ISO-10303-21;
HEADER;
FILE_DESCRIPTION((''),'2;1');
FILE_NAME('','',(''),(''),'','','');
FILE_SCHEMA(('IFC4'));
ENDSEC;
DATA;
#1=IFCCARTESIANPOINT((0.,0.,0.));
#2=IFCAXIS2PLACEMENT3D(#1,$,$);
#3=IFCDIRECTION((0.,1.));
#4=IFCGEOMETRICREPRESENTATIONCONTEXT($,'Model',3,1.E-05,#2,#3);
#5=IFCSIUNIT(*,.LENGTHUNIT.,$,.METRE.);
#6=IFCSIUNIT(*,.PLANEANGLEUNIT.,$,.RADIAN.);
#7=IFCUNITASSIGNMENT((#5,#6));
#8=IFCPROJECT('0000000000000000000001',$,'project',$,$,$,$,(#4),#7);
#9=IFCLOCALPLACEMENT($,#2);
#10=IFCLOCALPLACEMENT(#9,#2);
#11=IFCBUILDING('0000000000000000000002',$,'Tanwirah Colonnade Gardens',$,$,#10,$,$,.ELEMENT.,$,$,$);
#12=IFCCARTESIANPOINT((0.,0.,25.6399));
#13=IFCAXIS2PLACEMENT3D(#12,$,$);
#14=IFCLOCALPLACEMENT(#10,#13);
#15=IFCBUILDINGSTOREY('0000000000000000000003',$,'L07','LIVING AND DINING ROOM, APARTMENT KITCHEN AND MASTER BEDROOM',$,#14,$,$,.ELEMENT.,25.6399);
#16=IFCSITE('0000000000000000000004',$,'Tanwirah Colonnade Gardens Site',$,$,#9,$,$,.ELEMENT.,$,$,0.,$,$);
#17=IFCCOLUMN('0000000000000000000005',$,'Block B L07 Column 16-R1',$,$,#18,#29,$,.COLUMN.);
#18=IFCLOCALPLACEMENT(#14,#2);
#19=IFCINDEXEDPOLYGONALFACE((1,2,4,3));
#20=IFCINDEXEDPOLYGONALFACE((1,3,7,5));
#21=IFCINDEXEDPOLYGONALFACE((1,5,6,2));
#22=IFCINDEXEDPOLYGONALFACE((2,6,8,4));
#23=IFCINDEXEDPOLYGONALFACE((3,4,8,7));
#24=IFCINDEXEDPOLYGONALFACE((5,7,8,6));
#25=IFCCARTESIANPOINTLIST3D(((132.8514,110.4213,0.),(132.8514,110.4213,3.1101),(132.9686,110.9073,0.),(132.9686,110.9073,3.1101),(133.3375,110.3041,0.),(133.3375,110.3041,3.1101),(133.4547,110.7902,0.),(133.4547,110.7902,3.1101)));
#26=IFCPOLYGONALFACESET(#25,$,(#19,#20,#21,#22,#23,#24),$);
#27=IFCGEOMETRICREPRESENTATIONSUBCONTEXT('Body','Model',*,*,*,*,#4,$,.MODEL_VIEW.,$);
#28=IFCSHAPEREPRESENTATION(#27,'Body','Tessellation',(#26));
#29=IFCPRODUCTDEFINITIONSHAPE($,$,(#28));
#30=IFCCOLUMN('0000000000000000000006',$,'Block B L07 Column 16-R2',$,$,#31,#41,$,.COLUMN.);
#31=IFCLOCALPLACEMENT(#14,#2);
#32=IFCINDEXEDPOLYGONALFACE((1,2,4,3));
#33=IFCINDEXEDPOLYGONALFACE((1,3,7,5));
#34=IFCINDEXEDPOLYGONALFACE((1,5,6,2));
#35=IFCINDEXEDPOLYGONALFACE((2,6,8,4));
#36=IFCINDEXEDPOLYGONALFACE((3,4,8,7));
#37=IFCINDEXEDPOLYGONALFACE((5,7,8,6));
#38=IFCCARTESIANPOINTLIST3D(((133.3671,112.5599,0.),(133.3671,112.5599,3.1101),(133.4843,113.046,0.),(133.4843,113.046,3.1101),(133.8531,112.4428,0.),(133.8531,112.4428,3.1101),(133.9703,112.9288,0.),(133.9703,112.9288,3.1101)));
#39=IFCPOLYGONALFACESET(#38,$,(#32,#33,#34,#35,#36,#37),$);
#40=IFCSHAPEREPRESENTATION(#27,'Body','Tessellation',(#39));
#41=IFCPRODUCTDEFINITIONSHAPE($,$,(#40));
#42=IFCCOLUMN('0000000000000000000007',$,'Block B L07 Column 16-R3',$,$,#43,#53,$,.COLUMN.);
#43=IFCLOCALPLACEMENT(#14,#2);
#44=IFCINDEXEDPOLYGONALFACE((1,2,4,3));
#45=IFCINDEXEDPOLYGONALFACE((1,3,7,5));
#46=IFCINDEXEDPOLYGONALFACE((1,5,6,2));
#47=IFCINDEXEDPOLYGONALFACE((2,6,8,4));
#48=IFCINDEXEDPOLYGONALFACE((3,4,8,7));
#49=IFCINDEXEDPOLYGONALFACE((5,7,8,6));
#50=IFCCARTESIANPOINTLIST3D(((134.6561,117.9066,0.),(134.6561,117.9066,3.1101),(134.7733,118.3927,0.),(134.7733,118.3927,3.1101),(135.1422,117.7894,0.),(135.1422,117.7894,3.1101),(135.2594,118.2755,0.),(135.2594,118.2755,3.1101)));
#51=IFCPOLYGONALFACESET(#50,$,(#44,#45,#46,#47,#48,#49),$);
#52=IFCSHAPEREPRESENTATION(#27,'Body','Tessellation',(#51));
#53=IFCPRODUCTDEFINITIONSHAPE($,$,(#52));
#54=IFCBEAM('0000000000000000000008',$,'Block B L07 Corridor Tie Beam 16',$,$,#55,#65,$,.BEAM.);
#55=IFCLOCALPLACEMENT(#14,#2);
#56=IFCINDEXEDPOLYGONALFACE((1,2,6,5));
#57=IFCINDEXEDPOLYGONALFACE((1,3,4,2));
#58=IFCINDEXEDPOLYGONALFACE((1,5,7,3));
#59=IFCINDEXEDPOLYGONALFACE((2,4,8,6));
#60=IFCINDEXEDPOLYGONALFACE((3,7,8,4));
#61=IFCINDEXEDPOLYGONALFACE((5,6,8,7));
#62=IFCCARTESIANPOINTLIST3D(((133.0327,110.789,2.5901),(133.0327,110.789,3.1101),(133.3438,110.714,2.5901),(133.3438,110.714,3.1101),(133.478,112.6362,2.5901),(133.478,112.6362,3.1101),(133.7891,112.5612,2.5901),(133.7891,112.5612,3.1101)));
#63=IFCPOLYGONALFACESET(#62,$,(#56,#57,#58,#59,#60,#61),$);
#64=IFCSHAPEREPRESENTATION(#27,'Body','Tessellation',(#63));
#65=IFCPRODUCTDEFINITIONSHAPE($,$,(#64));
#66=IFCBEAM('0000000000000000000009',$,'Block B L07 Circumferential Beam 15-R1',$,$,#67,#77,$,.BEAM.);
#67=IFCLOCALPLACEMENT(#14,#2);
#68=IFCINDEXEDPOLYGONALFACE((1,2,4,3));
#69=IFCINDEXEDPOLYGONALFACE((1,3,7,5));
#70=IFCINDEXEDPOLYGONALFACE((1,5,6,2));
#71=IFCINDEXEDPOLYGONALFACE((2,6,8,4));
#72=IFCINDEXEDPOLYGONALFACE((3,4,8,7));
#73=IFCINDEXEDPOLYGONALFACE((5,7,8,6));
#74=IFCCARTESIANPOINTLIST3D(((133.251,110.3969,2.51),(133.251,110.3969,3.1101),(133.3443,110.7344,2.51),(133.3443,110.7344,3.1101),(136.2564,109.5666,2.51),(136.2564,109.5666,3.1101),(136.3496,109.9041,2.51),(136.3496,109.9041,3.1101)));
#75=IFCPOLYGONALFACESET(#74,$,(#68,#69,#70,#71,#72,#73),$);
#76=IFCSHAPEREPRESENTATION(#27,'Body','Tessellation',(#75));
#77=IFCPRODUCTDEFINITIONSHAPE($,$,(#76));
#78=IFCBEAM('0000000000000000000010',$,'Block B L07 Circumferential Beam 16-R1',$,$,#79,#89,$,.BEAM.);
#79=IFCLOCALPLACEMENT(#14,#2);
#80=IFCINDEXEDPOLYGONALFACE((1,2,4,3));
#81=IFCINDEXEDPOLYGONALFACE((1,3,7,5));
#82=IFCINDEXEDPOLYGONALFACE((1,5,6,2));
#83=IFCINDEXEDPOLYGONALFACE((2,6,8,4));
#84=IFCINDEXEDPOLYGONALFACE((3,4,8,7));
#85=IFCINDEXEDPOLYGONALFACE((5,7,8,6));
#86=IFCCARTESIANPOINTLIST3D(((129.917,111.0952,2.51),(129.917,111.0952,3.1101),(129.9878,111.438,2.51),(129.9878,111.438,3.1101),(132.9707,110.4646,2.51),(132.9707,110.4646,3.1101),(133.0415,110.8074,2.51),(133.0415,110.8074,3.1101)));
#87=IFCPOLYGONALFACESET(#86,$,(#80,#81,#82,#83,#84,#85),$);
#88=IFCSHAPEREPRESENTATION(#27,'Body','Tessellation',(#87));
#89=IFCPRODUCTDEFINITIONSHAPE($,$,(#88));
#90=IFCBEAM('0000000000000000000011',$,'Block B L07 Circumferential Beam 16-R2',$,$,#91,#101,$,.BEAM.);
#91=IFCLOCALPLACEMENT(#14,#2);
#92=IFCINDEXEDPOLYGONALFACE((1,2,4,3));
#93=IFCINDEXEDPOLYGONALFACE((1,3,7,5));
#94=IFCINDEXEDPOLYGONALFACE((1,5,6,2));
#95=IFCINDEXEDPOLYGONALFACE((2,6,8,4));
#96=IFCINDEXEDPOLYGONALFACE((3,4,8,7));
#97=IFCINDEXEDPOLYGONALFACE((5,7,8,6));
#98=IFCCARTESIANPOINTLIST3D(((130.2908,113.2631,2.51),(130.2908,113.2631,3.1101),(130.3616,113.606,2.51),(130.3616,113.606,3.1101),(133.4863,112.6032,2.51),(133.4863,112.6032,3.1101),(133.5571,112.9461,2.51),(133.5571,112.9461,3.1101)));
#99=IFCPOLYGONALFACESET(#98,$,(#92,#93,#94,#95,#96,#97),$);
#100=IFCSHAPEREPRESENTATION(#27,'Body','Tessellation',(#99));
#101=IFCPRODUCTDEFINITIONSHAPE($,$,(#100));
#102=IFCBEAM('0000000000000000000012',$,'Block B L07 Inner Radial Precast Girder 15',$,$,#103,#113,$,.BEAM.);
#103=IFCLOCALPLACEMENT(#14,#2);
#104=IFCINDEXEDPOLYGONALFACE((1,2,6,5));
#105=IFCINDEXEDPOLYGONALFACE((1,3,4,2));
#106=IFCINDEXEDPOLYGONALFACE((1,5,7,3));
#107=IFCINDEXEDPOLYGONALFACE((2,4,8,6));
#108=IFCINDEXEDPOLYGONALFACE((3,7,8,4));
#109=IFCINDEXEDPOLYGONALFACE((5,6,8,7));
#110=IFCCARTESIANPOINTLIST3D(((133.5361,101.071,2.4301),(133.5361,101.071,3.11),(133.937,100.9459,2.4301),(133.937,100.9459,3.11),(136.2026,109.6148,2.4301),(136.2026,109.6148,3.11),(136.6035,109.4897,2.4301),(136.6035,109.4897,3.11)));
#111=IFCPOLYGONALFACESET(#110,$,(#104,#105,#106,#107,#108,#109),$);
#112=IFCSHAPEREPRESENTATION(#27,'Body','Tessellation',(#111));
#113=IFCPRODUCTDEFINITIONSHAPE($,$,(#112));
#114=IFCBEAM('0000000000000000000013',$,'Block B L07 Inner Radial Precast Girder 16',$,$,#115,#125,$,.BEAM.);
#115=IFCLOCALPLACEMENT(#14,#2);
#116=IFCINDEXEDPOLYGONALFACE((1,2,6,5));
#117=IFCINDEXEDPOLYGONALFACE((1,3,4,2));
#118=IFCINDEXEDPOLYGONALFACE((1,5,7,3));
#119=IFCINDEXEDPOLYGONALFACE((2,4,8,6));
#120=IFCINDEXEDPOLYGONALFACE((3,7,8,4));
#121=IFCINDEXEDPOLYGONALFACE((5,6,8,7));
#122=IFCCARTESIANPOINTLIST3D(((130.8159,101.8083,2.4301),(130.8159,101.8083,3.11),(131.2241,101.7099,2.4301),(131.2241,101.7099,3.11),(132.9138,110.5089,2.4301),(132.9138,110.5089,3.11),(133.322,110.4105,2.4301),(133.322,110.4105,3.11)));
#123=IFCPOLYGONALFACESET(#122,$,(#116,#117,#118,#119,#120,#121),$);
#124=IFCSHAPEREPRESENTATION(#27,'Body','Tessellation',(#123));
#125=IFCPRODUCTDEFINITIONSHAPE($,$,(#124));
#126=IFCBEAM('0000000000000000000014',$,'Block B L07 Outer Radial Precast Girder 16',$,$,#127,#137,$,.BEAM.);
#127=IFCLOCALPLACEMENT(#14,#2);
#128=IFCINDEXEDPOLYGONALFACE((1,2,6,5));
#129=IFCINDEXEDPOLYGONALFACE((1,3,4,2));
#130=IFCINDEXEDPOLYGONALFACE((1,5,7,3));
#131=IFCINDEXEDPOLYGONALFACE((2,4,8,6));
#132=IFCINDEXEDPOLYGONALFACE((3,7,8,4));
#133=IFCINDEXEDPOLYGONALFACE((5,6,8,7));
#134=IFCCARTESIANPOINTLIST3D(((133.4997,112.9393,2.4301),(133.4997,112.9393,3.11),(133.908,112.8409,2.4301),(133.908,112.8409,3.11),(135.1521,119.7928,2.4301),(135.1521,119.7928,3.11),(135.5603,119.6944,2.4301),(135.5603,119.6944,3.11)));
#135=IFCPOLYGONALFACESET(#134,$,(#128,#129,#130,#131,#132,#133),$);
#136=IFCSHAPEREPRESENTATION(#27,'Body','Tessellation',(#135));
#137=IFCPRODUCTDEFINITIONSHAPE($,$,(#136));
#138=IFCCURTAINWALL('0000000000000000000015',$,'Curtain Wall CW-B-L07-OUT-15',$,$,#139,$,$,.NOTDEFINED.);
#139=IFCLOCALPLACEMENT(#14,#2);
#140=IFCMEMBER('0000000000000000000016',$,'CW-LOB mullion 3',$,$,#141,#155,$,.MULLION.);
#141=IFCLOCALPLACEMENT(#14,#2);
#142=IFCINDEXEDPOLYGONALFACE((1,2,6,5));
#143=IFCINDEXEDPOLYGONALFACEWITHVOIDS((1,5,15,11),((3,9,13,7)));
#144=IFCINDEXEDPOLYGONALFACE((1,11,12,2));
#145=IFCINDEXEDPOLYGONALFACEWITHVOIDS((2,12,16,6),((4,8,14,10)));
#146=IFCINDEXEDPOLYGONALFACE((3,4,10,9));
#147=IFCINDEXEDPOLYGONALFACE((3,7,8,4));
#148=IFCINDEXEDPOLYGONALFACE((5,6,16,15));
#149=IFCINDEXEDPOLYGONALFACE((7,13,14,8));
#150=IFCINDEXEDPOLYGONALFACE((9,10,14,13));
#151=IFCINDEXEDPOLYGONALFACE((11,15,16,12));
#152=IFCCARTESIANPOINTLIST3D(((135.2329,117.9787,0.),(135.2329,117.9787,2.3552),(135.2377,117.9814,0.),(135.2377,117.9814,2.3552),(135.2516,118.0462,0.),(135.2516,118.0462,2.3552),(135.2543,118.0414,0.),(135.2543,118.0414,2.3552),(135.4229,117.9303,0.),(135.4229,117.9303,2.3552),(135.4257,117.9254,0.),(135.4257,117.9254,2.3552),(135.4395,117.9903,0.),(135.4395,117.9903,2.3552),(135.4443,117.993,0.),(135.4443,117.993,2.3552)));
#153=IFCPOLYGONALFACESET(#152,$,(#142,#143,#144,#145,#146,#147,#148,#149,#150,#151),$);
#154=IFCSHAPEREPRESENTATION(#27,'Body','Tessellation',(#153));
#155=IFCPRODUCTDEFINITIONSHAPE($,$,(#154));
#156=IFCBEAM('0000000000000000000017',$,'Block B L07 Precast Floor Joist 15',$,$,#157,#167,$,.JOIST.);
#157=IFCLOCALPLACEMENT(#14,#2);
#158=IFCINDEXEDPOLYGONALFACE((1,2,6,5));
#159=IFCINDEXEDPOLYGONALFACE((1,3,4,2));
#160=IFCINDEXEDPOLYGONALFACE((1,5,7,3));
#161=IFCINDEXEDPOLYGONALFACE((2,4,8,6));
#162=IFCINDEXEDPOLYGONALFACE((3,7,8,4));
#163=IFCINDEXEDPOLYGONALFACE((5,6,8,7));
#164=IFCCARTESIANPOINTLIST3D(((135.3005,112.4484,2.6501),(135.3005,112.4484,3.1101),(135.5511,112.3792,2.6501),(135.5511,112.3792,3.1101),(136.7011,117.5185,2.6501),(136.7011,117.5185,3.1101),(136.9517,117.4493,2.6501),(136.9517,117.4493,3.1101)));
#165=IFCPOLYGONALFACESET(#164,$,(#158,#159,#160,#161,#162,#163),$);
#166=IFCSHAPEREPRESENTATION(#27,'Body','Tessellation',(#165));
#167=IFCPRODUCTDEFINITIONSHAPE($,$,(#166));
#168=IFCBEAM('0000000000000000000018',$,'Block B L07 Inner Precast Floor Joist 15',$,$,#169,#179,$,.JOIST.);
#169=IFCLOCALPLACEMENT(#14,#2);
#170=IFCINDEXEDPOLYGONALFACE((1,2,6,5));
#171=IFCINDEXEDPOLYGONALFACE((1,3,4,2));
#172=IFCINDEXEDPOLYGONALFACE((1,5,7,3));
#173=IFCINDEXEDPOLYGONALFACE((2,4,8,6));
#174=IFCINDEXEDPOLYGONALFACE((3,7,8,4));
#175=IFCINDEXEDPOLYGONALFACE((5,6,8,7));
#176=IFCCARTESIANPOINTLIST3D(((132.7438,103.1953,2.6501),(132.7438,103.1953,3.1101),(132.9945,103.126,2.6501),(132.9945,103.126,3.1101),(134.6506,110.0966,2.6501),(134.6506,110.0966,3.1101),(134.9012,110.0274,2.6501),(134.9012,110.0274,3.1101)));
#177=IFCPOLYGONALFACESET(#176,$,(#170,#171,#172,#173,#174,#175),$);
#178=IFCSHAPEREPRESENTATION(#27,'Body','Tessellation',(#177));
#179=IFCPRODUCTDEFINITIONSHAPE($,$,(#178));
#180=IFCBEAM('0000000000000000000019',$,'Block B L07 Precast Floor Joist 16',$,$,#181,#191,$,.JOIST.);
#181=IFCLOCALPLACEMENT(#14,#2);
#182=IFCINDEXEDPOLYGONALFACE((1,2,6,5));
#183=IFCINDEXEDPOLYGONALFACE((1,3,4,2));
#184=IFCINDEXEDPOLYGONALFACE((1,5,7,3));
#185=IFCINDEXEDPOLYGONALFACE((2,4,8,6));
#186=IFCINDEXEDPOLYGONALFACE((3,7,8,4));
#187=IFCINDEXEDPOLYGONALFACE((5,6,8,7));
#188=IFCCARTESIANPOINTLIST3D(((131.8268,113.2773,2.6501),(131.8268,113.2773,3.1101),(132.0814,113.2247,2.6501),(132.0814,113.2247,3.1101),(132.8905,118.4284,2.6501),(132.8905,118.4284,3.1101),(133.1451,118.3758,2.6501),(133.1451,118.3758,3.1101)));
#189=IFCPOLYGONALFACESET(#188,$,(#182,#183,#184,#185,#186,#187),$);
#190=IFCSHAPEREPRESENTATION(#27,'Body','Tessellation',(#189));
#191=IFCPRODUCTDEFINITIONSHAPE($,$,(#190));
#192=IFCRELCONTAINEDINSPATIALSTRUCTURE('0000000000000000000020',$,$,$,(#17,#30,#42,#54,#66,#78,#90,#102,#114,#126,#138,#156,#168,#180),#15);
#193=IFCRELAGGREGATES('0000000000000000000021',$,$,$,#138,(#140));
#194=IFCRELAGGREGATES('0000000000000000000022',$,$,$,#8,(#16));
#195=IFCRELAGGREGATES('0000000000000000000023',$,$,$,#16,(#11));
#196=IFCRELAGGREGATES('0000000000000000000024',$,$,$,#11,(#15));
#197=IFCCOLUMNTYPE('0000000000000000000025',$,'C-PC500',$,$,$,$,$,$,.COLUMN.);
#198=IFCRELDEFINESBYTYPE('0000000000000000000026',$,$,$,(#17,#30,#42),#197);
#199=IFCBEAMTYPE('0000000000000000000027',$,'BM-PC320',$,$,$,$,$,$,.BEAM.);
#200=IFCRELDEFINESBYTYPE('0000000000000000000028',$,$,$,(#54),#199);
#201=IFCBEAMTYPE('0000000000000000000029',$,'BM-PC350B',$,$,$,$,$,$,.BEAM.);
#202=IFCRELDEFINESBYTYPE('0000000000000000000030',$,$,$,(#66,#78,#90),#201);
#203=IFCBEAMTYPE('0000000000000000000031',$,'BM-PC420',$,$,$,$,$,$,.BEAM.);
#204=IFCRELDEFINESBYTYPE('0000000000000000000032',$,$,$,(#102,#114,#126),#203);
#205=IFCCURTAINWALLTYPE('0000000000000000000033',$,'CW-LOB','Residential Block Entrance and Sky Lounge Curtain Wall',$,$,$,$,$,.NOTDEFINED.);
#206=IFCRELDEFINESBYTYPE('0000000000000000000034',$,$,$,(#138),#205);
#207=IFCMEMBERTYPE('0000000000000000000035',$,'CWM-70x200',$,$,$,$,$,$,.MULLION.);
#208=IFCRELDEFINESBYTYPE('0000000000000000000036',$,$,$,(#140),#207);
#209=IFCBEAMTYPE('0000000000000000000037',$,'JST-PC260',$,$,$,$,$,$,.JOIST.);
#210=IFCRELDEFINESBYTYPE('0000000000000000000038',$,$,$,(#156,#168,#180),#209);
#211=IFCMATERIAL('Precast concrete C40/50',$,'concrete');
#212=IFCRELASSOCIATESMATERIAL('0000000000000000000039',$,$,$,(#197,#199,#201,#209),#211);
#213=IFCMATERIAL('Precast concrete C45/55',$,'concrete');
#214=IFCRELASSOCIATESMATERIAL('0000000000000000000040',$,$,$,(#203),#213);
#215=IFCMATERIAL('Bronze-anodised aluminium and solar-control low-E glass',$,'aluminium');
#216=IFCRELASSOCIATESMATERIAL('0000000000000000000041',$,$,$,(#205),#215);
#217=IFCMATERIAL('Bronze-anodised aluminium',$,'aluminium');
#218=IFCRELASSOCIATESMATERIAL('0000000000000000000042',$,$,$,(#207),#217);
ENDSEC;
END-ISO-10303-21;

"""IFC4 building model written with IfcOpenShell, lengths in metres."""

from ifc_helpers import new_model, si_unit, direction, frame, origin, origin_2d, place, context, subcontext, project, spatial, rectangle, hollow_rectangle, extrude, material, material_profile, profile_set, type_object, element, aggregate, save


model = new_model("IFC4")

# Units and contexts
model_context = context("Model", 3, precision=1e-05, world=origin(), true_north=direction((0.0, 1.0)))
body_context = subcontext(model_context, "Body", "Model", "MODEL_VIEW")
ifc_project = project(units=[si_unit("LENGTHUNIT", "METRE"), si_unit("PLANEANGLEUNIT", "RADIAN")], contexts=[model_context])

# Site, building, storey
site_placement = place(None, origin())
site = spatial("IfcSite", under=ifc_project, at=site_placement, Name="Tanwirah Colonnade Gardens Site", CompositionType="ELEMENT", RefElevation=0.0)
building_placement = place(site_placement, origin())
building = spatial("IfcBuilding", under=site, at=building_placement, Name="Tanwirah Colonnade Gardens", CompositionType="ELEMENT")
storey_placement = place(building_placement, frame((0.0, 0.0, 25.6399)))
storey = spatial("IfcBuildingStorey", under=building, at=storey_placement, Name="L07", Description="LIVING AND DINING ROOM, APARTMENT KITCHEN AND MASTER BEDROOM", CompositionType="ELEMENT", Elevation=25.6399)

# Columns
ifc_material_1 = material(Name="Precast concrete C40/50", Category="concrete")
ifc_material_profile_1 = material_profile(ifc_material_1, rectangle(XDim=0.5, YDim=0.5, at=origin_2d()), Name="PC-COL 500x500")
ifc_profile_set_1 = profile_set([ifc_material_profile_1], Name="Precast concrete C40/50")
column_type = type_object("IfcColumnType", Name="C-PC500", PredefinedType="COLUMN", material=ifc_profile_set_1)
for number, where, z_axis, x_axis, name in (
    (1, (133.1531, 110.6057, 0.0), (0.0, 0.0, 1.0), (0.234388, 0.972143, 0.0), "Block B L07 Column 16-R1"),
    (2, (133.6687, 112.7444, 0.0), (0.0, 0.0, 1.0), (0.234388, 0.972143, 0.0), "Block B L07 Column 16-R2"),
    (3, (134.9578, 118.0911, 0.0), (0.0, 0.0, 1.0), (0.234388, 0.972143, 0.0), "Block B L07 Column 16-R3"),
):
    element("IfcColumn", number, at=place(storey_placement, frame(where, z_axis=z_axis, x_axis=x_axis)), inside=storey, type_object=column_type, Name=name, PredefinedType="COLUMN", context=body_context, shape_type="SweptSolid", body=[
        extrude(rectangle(XDim=0.5, YDim=0.5, at=origin_2d()), origin(), (0.0, 0.0, 1.0), 3.1101),
    ])

# Beams
ifc_material_profile_2 = material_profile(ifc_material_1, rectangle(XDim=0.3201, YDim=0.52, at=origin_2d()), Name="PC-BM 320x520")
ifc_profile_set_2 = profile_set([ifc_material_profile_2], Name="Precast concrete C40/50")
beam_type_1 = type_object("IfcBeamType", Name="BM-PC320", PredefinedType="BEAM", material=ifc_profile_set_2)
beam_1_placement = place(storey_placement, frame((133.1882, 110.7515, 2.8501), z_axis=(0.234364, 0.972149, 0.0), x_axis=(-0.972149, 0.234364, 0.0)))
element("IfcBeam", 4, at=beam_1_placement, inside=storey, type_object=beam_type_1, Name="Block B L07 Corridor Tie Beam 16", PredefinedType="BEAM", context=body_context, shape_type="SweptSolid", body=[
    extrude(rectangle(XDim=0.3201, YDim=0.52, at=origin_2d()), origin(), (0.0, 0.0, 1.0), 1.9001),
])
ifc_material_profile_3 = material_profile(ifc_material_1, rectangle(XDim=0.3501, YDim=0.6001, at=origin_2d()), Name="PC-BM 350x600")
ifc_profile_set_3 = profile_set([ifc_material_profile_3], Name="Precast concrete C40/50")
beam_type_2 = type_object("IfcBeamType", Name="BM-PC350B", PredefinedType="BEAM", material=ifc_profile_set_3)
beam_2_placement = place(storey_placement, frame((136.303, 109.7354, 2.8101), z_axis=(-0.963889, 0.266303, 0.0), x_axis=(-0.266303, -0.963889, 0.0)))
element("IfcBeam", 5, at=beam_2_placement, inside=storey, type_object=beam_type_2, Name="Block B L07 Circumferential Beam 15-R1", PredefinedType="BEAM", context=body_context, shape_type="SweptSolid", body=[
    extrude(rectangle(XDim=0.3501, YDim=0.6001, at=origin_2d()), origin(), (0.0, 0.0, 1.0), 3.1179),
])
beam_3_placement = place(storey_placement, frame((133.0061, 110.636, 2.8101), z_axis=(-0.979336, 0.202241, 0.0), x_axis=(-0.202241, -0.979336, 0.0)))
element("IfcBeam", 6, at=beam_3_placement, inside=storey, type_object=beam_type_2, Name="Block B L07 Circumferential Beam 16-R1", PredefinedType="BEAM", context=body_context, shape_type="SweptSolid", body=[
    extrude(rectangle(XDim=0.3501, YDim=0.6001, at=origin_2d()), origin(), (0.0, 0.0, 1.0), 3.1182),
])
beam_4_placement = place(storey_placement, frame((133.5217, 112.7747, 2.8101), z_axis=(-0.979336, 0.202242, 0.0), x_axis=(-0.202242, -0.979336, 0.0)))
element("IfcBeam", 7, at=beam_4_placement, inside=storey, type_object=beam_type_2, Name="Block B L07 Circumferential Beam 16-R2", PredefinedType="BEAM", context=body_context, shape_type="SweptSolid", body=[
    extrude(rectangle(XDim=0.3501, YDim=0.6001, at=origin_2d()), origin(), (0.0, 0.0, 1.0), 3.2629),
])
ifc_material_2 = material(Name="Precast concrete C45/55", Category="concrete")
ifc_material_profile_4 = material_profile(ifc_material_2, rectangle(XDim=0.4199, YDim=0.6799, at=origin_2d()), Name="PC-BM 420x680")
ifc_profile_set_4 = profile_set([ifc_material_profile_4], Name="Precast concrete C45/55")
beam_type_3 = type_object("IfcBeamType", Name="BM-PC420", PredefinedType="BEAM", material=ifc_profile_set_4)
beam_5_placement = place(storey_placement, frame((136.4031, 109.5522, 2.77), z_axis=(-0.297929, -0.954588, 0.0), x_axis=(0.954588, -0.297929, 0.0)))
element("IfcBeam", 8, at=beam_5_placement, inside=storey, type_object=beam_type_3, Name="Block B L07 Inner Radial Precast Girder 15", PredefinedType="BEAM", context=body_context, shape_type="SweptSolid", body=[
    extrude(rectangle(XDim=0.4199, YDim=0.6799, at=origin_2d()), origin(), (0.0, 0.0, 1.0), 8.9502),
])
beam_6_placement = place(storey_placement, frame((133.1179, 110.4597, 2.77), z_axis=(-0.234401, -0.97214, 0.0), x_axis=(0.97214, -0.234401, 0.0)))
element("IfcBeam", 9, at=beam_6_placement, inside=storey, type_object=beam_type_3, Name="Block B L07 Inner Radial Precast Girder 16", PredefinedType="BEAM", context=body_context, shape_type="SweptSolid", body=[
    extrude(rectangle(XDim=0.4199, YDim=0.6799, at=origin_2d()), origin(), (0.0, 0.0, 1.0), 8.95),
])
beam_7_placement = place(storey_placement, frame((133.7039, 112.8901, 2.77), z_axis=(0.234379, 0.972145, 0.0), x_axis=(-0.972145, 0.234379, 0.0)))
element("IfcBeam", 10, at=beam_7_placement, inside=storey, type_object=beam_type_3, Name="Block B L07 Outer Radial Precast Girder 16", PredefinedType="BEAM", context=body_context, shape_type="SweptSolid", body=[
    extrude(rectangle(XDim=0.4199, YDim=0.6799, at=origin_2d()), origin(), (0.0, 0.0, 1.0), 7.0498),
])

# Curtain wall, member
ifc_material_3 = material(Name="Bronze-anodised aluminium and solar-control low-E glass", Category="aluminium")
curtain_wall_type = type_object("IfcCurtainWallType", Name="CW-LOB", Description="Residential Block Entrance and Sky Lounge Curtain Wall", PredefinedType="NOTDEFINED", material=ifc_material_3)
curtain_wall_placement = place(storey_placement, origin())
curtain_wall = element("IfcCurtainWall", 11, at=curtain_wall_placement, inside=storey, type_object=curtain_wall_type, Name="Curtain Wall CW-B-L07-OUT-15", PredefinedType="NOTDEFINED")
ifc_material_4 = material(Name="Bronze-anodised aluminium", Category="aluminium")
ifc_material_profile_5 = material_profile(ifc_material_4, hollow_rectangle(XDim=0.0701, YDim=0.2, WallThickness=0.0039, at=origin_2d()), Name="CW-MUL 70x200x4")
ifc_profile_set_5 = profile_set([ifc_material_profile_5], Name="Bronze-anodised aluminium")
member_type = type_object("IfcMemberType", Name="CWM-70x200", PredefinedType="MULLION", material=ifc_profile_set_5)
member_placement = place(storey_placement, frame((135.3386, 117.9858, 0.0), z_axis=(0.0, 0.0, 1.0), x_axis=(-0.266305, -0.963889, 0.0)))
member = element("IfcMember", 12, at=member_placement, type_object=member_type, Name="CW-LOB mullion 3", PredefinedType="MULLION", context=body_context, shape_type="SweptSolid", body=[
    extrude(hollow_rectangle(XDim=0.0701, YDim=0.2, WallThickness=0.0039, at=origin_2d()), origin(), (0.0, 0.0, 1.0), 2.3552),
])

# Beams
ifc_material_profile_6 = material_profile(ifc_material_1, rectangle(XDim=0.26, YDim=0.46, at=origin_2d()), Name="PC-JST 260x460")
ifc_profile_set_6 = profile_set([ifc_material_profile_6], Name="Precast concrete C40/50")
beam_type_4 = type_object("IfcBeamType", Name="JST-PC260", PredefinedType="JOIST", material=ifc_profile_set_6)
beam_8_placement = place(storey_placement, frame((135.4258, 112.4138, 2.8801), z_axis=(0.266281, 0.963895, 0.0), x_axis=(-0.963895, 0.266281, 0.0)))
element("IfcBeam", 13, at=beam_8_placement, inside=storey, type_object=beam_type_4, Name="Block B L07 Precast Floor Joist 15", PredefinedType="JOIST", context=body_context, shape_type="SweptSolid", body=[
    extrude(rectangle(XDim=0.26, YDim=0.46, at=origin_2d()), origin(), (0.0, 0.0, 1.0), 5.26),
])
beam_9_placement = place(storey_placement, frame((132.8691, 103.1606, 2.8801), z_axis=(0.266307, 0.963888, 0.0), x_axis=(-0.963888, 0.266307, 0.0)))
element("IfcBeam", 14, at=beam_9_placement, inside=storey, type_object=beam_type_4, Name="Block B L07 Inner Precast Floor Joist 15", PredefinedType="JOIST", context=body_context, shape_type="SweptSolid", body=[
    extrude(rectangle(XDim=0.26, YDim=0.46, at=origin_2d()), origin(), (0.0, 0.0, 1.0), 7.1599),
])
beam_10_placement = place(storey_placement, frame((131.9541, 113.251, 2.8801), z_axis=(0.202236, 0.979337, 0.0), x_axis=(-0.979337, 0.202236, 0.0)))
element("IfcBeam", 15, at=beam_10_placement, inside=storey, type_object=beam_type_4, Name="Block B L07 Precast Floor Joist 16", PredefinedType="JOIST", context=body_context, shape_type="SweptSolid", body=[
    extrude(rectangle(XDim=0.26, YDim=0.46, at=origin_2d()), origin(), (0.0, 0.0, 1.0), 5.2598),
])

aggregate(curtain_wall, [member])

save(model, "model.ifc")
